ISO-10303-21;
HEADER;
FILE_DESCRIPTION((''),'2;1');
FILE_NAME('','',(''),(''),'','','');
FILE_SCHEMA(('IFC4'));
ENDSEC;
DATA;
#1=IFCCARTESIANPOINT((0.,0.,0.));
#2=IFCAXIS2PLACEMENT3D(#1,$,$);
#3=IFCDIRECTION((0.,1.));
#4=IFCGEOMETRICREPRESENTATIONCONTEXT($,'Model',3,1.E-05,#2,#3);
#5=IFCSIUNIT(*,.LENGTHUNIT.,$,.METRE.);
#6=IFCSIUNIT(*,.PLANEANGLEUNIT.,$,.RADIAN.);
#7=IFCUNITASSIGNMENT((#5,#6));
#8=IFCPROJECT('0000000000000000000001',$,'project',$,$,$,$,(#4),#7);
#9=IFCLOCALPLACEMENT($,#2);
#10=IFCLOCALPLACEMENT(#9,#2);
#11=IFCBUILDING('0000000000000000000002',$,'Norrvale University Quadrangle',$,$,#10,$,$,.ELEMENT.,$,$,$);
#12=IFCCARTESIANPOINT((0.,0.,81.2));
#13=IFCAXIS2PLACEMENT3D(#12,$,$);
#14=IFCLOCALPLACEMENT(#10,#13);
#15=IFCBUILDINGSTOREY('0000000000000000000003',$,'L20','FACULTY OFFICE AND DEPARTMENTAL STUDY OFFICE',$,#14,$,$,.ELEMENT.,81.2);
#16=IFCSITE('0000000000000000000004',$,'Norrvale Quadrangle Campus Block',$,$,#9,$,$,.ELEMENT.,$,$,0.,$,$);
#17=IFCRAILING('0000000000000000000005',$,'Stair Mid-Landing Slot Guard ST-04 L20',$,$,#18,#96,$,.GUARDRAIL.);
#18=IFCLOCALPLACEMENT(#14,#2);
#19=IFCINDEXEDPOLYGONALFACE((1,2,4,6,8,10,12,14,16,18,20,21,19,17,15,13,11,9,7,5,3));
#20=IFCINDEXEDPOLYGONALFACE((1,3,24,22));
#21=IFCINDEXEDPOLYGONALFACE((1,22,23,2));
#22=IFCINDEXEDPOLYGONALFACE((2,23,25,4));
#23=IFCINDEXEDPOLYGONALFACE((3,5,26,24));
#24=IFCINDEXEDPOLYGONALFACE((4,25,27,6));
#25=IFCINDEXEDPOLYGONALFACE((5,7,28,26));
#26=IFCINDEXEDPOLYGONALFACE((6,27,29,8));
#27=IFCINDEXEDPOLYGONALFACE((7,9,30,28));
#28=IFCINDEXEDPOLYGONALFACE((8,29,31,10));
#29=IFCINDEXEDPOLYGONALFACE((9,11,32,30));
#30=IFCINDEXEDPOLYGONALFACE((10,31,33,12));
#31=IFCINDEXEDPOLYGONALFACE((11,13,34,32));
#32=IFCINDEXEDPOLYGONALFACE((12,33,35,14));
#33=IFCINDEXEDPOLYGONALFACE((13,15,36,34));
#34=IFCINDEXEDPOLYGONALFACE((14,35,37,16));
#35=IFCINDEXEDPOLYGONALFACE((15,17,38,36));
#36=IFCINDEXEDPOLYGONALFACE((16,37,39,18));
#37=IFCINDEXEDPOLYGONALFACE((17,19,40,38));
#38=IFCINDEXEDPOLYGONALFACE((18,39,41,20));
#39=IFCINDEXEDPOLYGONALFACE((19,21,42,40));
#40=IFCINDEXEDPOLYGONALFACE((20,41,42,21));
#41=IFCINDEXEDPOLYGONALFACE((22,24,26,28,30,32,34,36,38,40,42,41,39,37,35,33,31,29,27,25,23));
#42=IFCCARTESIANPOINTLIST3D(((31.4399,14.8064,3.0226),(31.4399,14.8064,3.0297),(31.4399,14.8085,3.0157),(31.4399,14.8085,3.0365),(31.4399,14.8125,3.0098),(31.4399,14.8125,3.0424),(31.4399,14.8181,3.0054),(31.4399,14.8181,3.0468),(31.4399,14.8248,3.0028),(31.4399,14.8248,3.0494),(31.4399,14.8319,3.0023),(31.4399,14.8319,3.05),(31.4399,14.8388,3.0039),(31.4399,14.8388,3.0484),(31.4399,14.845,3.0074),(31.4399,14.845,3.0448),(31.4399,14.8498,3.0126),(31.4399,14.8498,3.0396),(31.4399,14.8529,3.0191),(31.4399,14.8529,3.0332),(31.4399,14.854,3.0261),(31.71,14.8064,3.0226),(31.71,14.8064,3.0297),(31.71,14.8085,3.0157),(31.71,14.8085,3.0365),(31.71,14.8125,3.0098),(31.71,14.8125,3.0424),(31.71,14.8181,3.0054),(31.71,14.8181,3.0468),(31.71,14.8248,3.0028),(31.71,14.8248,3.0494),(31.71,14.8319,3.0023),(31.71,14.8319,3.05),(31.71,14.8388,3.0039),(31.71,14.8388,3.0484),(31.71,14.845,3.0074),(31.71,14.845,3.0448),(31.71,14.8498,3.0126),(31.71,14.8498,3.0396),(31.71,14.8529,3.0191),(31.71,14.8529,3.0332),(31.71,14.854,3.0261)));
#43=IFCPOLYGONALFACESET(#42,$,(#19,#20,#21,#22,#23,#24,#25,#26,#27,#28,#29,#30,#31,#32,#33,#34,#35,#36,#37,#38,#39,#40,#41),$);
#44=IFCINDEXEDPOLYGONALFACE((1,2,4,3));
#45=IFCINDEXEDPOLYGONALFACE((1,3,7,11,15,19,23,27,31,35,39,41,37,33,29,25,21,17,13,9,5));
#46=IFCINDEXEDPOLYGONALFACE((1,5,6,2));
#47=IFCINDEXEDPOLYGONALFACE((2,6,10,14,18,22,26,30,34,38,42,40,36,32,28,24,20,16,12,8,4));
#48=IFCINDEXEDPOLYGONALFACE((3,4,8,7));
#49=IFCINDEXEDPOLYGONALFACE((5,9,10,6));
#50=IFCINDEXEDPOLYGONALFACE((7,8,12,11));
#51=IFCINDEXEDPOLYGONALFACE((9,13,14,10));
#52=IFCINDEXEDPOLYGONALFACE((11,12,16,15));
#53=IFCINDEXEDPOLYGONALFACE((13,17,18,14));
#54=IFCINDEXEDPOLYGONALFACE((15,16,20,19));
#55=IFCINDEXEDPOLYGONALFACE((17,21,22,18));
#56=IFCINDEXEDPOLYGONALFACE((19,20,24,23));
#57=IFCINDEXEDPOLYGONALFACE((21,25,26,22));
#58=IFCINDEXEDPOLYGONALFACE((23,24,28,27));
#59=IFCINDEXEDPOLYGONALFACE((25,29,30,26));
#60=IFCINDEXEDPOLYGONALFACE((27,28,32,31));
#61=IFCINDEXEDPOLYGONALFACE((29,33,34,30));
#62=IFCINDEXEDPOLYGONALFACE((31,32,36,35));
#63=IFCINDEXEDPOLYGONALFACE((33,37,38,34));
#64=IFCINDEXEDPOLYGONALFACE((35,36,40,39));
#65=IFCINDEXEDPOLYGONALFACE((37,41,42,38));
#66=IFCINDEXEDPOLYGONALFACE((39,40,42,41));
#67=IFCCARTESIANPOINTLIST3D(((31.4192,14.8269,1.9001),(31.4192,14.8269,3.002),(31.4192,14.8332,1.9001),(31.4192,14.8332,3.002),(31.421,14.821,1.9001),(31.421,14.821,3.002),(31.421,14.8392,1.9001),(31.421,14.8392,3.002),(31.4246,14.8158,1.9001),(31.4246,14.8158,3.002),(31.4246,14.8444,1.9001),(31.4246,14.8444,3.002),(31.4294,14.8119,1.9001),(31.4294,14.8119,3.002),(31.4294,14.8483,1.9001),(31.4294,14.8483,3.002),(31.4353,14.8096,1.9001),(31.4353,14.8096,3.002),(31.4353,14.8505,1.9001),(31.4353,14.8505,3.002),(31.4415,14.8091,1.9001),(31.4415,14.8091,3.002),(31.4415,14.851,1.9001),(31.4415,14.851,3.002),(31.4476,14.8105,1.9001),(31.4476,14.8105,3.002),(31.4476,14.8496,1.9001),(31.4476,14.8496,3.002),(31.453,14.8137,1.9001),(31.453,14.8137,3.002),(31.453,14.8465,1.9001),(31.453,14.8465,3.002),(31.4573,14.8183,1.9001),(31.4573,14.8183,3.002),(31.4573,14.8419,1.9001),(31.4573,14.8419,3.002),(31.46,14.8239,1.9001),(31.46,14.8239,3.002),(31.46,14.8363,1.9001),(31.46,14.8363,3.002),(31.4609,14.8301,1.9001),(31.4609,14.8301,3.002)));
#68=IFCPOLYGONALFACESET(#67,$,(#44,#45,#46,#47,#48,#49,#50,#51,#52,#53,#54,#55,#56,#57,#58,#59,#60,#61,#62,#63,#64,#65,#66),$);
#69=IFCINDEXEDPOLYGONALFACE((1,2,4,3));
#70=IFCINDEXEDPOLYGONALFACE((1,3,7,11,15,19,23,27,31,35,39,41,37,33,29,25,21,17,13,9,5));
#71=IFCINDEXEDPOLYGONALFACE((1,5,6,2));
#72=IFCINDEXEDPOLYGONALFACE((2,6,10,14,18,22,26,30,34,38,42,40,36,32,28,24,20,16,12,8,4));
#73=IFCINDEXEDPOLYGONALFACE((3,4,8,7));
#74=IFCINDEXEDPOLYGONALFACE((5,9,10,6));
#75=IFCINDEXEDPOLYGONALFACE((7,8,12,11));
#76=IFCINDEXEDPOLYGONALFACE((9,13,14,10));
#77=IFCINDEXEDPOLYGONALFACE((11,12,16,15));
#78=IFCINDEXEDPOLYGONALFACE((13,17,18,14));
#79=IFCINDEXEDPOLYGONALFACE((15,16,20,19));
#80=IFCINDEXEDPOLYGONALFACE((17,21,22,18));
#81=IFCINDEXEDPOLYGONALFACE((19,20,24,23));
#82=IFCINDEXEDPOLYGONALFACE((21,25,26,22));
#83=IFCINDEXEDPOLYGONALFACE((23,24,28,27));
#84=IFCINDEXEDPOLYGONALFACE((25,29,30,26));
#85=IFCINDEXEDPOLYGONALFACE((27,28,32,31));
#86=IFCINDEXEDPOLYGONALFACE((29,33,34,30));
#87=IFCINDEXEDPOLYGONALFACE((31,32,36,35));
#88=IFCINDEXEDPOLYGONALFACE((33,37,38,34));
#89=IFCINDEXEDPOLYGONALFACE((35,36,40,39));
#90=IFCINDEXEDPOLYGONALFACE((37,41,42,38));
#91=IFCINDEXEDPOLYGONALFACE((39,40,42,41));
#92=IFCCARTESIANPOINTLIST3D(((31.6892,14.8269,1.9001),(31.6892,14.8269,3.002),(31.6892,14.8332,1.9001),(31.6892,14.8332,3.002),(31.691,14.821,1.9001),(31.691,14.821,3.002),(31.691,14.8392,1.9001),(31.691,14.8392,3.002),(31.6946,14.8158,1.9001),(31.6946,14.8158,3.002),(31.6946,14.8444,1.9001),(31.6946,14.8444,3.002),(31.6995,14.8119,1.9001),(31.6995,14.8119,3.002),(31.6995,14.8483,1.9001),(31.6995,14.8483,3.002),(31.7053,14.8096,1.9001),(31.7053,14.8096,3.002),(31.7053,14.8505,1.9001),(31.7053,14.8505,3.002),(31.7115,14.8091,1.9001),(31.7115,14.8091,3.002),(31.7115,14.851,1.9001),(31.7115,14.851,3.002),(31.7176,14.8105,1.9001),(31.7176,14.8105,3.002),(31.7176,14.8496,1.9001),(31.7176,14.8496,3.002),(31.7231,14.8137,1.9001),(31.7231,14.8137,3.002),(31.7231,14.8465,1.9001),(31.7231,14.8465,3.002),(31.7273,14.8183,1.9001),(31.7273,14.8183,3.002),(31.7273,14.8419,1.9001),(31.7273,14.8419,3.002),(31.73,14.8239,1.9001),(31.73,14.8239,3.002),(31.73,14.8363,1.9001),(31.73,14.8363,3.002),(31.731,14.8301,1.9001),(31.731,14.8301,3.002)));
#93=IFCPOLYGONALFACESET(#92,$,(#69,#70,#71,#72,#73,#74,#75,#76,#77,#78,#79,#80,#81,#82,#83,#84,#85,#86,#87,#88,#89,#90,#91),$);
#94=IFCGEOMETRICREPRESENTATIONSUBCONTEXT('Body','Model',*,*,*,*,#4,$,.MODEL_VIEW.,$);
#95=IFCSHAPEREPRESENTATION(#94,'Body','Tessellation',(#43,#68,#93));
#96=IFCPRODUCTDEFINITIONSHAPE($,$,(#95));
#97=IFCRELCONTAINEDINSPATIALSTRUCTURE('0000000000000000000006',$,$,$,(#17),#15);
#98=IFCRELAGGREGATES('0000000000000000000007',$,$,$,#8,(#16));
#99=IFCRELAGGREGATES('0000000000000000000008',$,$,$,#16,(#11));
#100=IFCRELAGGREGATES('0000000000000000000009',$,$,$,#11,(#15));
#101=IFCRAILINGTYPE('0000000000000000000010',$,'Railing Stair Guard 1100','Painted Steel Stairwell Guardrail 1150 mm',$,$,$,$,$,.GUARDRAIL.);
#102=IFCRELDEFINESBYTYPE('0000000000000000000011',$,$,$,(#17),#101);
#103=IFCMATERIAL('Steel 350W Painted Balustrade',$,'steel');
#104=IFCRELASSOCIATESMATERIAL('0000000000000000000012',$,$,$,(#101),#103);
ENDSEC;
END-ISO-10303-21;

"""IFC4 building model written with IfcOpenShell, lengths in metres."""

from ifc_helpers import new_model, si_unit, direction, frame, origin, origin_2d, place, context, subcontext, project, spatial, circle, extrude, material, type_object, element, save


model = new_model("IFC4")

# Units and contexts
model_context = context("Model", 3, precision=1e-05, world=origin(), true_north=direction((0.0, 1.0)))
body_context = subcontext(model_context, "Body", "Model", "MODEL_VIEW")
ifc_project = project(units=[si_unit("LENGTHUNIT", "METRE"), si_unit("PLANEANGLEUNIT", "RADIAN")], contexts=[model_context])

# Site, building, storey
site_placement = place(None, origin())
site = spatial("IfcSite", under=ifc_project, at=site_placement, Name="Norrvale Quadrangle Campus Block", CompositionType="ELEMENT", RefElevation=0.0)
building_placement = place(site_placement, origin())
building = spatial("IfcBuilding", under=site, at=building_placement, Name="Norrvale University Quadrangle", CompositionType="ELEMENT")
storey_placement = place(building_placement, frame((0.0, 0.0, 81.2)))
storey = spatial("IfcBuildingStorey", under=building, at=storey_placement, Name="L20", Description="FACULTY OFFICE AND DEPARTMENTAL STUDY OFFICE", CompositionType="ELEMENT", Elevation=81.2)

# Railing
ifc_material_1 = material(Name="Steel 350W Painted Balustrade", Category="steel")
railing_type_1 = type_object("IfcRailingType", Name="Railing Stair Guard 1100", Description="Painted Steel Stairwell Guardrail 1150 mm", PredefinedType="GUARDRAIL", material=ifc_material_1)
for number, where, name in (
    (1, (31.4399, 14.8301, 1.9001), "Stair Mid-Landing Slot Guard ST-04 L20"),
):
    element("IfcRailing", number, at=place(storey_placement, frame(where)), inside=storey, type_object=railing_type_1, Name=name, PredefinedType="GUARDRAIL", context=body_context, shape_type="SweptSolid", body=[
        extrude(circle(Radius=0.0239, at=origin_2d()), frame((0.0, 0.0, 1.126), z_axis=(1.0, 0.0, 0.0), x_axis=(0.0, 1.0, 0.0)), (0.0, 0.0, 1.0), 0.27),
        extrude(circle(Radius=0.021, at=origin_2d()), origin(), (0.0, 0.0, 1.0), 1.1018),
        extrude(circle(Radius=0.021, at=origin_2d()), frame((0.27, 0.0, 0.0)), (0.0, 0.0, 1.0), 1.1018),
    ])

save(model, "model.ifc")
